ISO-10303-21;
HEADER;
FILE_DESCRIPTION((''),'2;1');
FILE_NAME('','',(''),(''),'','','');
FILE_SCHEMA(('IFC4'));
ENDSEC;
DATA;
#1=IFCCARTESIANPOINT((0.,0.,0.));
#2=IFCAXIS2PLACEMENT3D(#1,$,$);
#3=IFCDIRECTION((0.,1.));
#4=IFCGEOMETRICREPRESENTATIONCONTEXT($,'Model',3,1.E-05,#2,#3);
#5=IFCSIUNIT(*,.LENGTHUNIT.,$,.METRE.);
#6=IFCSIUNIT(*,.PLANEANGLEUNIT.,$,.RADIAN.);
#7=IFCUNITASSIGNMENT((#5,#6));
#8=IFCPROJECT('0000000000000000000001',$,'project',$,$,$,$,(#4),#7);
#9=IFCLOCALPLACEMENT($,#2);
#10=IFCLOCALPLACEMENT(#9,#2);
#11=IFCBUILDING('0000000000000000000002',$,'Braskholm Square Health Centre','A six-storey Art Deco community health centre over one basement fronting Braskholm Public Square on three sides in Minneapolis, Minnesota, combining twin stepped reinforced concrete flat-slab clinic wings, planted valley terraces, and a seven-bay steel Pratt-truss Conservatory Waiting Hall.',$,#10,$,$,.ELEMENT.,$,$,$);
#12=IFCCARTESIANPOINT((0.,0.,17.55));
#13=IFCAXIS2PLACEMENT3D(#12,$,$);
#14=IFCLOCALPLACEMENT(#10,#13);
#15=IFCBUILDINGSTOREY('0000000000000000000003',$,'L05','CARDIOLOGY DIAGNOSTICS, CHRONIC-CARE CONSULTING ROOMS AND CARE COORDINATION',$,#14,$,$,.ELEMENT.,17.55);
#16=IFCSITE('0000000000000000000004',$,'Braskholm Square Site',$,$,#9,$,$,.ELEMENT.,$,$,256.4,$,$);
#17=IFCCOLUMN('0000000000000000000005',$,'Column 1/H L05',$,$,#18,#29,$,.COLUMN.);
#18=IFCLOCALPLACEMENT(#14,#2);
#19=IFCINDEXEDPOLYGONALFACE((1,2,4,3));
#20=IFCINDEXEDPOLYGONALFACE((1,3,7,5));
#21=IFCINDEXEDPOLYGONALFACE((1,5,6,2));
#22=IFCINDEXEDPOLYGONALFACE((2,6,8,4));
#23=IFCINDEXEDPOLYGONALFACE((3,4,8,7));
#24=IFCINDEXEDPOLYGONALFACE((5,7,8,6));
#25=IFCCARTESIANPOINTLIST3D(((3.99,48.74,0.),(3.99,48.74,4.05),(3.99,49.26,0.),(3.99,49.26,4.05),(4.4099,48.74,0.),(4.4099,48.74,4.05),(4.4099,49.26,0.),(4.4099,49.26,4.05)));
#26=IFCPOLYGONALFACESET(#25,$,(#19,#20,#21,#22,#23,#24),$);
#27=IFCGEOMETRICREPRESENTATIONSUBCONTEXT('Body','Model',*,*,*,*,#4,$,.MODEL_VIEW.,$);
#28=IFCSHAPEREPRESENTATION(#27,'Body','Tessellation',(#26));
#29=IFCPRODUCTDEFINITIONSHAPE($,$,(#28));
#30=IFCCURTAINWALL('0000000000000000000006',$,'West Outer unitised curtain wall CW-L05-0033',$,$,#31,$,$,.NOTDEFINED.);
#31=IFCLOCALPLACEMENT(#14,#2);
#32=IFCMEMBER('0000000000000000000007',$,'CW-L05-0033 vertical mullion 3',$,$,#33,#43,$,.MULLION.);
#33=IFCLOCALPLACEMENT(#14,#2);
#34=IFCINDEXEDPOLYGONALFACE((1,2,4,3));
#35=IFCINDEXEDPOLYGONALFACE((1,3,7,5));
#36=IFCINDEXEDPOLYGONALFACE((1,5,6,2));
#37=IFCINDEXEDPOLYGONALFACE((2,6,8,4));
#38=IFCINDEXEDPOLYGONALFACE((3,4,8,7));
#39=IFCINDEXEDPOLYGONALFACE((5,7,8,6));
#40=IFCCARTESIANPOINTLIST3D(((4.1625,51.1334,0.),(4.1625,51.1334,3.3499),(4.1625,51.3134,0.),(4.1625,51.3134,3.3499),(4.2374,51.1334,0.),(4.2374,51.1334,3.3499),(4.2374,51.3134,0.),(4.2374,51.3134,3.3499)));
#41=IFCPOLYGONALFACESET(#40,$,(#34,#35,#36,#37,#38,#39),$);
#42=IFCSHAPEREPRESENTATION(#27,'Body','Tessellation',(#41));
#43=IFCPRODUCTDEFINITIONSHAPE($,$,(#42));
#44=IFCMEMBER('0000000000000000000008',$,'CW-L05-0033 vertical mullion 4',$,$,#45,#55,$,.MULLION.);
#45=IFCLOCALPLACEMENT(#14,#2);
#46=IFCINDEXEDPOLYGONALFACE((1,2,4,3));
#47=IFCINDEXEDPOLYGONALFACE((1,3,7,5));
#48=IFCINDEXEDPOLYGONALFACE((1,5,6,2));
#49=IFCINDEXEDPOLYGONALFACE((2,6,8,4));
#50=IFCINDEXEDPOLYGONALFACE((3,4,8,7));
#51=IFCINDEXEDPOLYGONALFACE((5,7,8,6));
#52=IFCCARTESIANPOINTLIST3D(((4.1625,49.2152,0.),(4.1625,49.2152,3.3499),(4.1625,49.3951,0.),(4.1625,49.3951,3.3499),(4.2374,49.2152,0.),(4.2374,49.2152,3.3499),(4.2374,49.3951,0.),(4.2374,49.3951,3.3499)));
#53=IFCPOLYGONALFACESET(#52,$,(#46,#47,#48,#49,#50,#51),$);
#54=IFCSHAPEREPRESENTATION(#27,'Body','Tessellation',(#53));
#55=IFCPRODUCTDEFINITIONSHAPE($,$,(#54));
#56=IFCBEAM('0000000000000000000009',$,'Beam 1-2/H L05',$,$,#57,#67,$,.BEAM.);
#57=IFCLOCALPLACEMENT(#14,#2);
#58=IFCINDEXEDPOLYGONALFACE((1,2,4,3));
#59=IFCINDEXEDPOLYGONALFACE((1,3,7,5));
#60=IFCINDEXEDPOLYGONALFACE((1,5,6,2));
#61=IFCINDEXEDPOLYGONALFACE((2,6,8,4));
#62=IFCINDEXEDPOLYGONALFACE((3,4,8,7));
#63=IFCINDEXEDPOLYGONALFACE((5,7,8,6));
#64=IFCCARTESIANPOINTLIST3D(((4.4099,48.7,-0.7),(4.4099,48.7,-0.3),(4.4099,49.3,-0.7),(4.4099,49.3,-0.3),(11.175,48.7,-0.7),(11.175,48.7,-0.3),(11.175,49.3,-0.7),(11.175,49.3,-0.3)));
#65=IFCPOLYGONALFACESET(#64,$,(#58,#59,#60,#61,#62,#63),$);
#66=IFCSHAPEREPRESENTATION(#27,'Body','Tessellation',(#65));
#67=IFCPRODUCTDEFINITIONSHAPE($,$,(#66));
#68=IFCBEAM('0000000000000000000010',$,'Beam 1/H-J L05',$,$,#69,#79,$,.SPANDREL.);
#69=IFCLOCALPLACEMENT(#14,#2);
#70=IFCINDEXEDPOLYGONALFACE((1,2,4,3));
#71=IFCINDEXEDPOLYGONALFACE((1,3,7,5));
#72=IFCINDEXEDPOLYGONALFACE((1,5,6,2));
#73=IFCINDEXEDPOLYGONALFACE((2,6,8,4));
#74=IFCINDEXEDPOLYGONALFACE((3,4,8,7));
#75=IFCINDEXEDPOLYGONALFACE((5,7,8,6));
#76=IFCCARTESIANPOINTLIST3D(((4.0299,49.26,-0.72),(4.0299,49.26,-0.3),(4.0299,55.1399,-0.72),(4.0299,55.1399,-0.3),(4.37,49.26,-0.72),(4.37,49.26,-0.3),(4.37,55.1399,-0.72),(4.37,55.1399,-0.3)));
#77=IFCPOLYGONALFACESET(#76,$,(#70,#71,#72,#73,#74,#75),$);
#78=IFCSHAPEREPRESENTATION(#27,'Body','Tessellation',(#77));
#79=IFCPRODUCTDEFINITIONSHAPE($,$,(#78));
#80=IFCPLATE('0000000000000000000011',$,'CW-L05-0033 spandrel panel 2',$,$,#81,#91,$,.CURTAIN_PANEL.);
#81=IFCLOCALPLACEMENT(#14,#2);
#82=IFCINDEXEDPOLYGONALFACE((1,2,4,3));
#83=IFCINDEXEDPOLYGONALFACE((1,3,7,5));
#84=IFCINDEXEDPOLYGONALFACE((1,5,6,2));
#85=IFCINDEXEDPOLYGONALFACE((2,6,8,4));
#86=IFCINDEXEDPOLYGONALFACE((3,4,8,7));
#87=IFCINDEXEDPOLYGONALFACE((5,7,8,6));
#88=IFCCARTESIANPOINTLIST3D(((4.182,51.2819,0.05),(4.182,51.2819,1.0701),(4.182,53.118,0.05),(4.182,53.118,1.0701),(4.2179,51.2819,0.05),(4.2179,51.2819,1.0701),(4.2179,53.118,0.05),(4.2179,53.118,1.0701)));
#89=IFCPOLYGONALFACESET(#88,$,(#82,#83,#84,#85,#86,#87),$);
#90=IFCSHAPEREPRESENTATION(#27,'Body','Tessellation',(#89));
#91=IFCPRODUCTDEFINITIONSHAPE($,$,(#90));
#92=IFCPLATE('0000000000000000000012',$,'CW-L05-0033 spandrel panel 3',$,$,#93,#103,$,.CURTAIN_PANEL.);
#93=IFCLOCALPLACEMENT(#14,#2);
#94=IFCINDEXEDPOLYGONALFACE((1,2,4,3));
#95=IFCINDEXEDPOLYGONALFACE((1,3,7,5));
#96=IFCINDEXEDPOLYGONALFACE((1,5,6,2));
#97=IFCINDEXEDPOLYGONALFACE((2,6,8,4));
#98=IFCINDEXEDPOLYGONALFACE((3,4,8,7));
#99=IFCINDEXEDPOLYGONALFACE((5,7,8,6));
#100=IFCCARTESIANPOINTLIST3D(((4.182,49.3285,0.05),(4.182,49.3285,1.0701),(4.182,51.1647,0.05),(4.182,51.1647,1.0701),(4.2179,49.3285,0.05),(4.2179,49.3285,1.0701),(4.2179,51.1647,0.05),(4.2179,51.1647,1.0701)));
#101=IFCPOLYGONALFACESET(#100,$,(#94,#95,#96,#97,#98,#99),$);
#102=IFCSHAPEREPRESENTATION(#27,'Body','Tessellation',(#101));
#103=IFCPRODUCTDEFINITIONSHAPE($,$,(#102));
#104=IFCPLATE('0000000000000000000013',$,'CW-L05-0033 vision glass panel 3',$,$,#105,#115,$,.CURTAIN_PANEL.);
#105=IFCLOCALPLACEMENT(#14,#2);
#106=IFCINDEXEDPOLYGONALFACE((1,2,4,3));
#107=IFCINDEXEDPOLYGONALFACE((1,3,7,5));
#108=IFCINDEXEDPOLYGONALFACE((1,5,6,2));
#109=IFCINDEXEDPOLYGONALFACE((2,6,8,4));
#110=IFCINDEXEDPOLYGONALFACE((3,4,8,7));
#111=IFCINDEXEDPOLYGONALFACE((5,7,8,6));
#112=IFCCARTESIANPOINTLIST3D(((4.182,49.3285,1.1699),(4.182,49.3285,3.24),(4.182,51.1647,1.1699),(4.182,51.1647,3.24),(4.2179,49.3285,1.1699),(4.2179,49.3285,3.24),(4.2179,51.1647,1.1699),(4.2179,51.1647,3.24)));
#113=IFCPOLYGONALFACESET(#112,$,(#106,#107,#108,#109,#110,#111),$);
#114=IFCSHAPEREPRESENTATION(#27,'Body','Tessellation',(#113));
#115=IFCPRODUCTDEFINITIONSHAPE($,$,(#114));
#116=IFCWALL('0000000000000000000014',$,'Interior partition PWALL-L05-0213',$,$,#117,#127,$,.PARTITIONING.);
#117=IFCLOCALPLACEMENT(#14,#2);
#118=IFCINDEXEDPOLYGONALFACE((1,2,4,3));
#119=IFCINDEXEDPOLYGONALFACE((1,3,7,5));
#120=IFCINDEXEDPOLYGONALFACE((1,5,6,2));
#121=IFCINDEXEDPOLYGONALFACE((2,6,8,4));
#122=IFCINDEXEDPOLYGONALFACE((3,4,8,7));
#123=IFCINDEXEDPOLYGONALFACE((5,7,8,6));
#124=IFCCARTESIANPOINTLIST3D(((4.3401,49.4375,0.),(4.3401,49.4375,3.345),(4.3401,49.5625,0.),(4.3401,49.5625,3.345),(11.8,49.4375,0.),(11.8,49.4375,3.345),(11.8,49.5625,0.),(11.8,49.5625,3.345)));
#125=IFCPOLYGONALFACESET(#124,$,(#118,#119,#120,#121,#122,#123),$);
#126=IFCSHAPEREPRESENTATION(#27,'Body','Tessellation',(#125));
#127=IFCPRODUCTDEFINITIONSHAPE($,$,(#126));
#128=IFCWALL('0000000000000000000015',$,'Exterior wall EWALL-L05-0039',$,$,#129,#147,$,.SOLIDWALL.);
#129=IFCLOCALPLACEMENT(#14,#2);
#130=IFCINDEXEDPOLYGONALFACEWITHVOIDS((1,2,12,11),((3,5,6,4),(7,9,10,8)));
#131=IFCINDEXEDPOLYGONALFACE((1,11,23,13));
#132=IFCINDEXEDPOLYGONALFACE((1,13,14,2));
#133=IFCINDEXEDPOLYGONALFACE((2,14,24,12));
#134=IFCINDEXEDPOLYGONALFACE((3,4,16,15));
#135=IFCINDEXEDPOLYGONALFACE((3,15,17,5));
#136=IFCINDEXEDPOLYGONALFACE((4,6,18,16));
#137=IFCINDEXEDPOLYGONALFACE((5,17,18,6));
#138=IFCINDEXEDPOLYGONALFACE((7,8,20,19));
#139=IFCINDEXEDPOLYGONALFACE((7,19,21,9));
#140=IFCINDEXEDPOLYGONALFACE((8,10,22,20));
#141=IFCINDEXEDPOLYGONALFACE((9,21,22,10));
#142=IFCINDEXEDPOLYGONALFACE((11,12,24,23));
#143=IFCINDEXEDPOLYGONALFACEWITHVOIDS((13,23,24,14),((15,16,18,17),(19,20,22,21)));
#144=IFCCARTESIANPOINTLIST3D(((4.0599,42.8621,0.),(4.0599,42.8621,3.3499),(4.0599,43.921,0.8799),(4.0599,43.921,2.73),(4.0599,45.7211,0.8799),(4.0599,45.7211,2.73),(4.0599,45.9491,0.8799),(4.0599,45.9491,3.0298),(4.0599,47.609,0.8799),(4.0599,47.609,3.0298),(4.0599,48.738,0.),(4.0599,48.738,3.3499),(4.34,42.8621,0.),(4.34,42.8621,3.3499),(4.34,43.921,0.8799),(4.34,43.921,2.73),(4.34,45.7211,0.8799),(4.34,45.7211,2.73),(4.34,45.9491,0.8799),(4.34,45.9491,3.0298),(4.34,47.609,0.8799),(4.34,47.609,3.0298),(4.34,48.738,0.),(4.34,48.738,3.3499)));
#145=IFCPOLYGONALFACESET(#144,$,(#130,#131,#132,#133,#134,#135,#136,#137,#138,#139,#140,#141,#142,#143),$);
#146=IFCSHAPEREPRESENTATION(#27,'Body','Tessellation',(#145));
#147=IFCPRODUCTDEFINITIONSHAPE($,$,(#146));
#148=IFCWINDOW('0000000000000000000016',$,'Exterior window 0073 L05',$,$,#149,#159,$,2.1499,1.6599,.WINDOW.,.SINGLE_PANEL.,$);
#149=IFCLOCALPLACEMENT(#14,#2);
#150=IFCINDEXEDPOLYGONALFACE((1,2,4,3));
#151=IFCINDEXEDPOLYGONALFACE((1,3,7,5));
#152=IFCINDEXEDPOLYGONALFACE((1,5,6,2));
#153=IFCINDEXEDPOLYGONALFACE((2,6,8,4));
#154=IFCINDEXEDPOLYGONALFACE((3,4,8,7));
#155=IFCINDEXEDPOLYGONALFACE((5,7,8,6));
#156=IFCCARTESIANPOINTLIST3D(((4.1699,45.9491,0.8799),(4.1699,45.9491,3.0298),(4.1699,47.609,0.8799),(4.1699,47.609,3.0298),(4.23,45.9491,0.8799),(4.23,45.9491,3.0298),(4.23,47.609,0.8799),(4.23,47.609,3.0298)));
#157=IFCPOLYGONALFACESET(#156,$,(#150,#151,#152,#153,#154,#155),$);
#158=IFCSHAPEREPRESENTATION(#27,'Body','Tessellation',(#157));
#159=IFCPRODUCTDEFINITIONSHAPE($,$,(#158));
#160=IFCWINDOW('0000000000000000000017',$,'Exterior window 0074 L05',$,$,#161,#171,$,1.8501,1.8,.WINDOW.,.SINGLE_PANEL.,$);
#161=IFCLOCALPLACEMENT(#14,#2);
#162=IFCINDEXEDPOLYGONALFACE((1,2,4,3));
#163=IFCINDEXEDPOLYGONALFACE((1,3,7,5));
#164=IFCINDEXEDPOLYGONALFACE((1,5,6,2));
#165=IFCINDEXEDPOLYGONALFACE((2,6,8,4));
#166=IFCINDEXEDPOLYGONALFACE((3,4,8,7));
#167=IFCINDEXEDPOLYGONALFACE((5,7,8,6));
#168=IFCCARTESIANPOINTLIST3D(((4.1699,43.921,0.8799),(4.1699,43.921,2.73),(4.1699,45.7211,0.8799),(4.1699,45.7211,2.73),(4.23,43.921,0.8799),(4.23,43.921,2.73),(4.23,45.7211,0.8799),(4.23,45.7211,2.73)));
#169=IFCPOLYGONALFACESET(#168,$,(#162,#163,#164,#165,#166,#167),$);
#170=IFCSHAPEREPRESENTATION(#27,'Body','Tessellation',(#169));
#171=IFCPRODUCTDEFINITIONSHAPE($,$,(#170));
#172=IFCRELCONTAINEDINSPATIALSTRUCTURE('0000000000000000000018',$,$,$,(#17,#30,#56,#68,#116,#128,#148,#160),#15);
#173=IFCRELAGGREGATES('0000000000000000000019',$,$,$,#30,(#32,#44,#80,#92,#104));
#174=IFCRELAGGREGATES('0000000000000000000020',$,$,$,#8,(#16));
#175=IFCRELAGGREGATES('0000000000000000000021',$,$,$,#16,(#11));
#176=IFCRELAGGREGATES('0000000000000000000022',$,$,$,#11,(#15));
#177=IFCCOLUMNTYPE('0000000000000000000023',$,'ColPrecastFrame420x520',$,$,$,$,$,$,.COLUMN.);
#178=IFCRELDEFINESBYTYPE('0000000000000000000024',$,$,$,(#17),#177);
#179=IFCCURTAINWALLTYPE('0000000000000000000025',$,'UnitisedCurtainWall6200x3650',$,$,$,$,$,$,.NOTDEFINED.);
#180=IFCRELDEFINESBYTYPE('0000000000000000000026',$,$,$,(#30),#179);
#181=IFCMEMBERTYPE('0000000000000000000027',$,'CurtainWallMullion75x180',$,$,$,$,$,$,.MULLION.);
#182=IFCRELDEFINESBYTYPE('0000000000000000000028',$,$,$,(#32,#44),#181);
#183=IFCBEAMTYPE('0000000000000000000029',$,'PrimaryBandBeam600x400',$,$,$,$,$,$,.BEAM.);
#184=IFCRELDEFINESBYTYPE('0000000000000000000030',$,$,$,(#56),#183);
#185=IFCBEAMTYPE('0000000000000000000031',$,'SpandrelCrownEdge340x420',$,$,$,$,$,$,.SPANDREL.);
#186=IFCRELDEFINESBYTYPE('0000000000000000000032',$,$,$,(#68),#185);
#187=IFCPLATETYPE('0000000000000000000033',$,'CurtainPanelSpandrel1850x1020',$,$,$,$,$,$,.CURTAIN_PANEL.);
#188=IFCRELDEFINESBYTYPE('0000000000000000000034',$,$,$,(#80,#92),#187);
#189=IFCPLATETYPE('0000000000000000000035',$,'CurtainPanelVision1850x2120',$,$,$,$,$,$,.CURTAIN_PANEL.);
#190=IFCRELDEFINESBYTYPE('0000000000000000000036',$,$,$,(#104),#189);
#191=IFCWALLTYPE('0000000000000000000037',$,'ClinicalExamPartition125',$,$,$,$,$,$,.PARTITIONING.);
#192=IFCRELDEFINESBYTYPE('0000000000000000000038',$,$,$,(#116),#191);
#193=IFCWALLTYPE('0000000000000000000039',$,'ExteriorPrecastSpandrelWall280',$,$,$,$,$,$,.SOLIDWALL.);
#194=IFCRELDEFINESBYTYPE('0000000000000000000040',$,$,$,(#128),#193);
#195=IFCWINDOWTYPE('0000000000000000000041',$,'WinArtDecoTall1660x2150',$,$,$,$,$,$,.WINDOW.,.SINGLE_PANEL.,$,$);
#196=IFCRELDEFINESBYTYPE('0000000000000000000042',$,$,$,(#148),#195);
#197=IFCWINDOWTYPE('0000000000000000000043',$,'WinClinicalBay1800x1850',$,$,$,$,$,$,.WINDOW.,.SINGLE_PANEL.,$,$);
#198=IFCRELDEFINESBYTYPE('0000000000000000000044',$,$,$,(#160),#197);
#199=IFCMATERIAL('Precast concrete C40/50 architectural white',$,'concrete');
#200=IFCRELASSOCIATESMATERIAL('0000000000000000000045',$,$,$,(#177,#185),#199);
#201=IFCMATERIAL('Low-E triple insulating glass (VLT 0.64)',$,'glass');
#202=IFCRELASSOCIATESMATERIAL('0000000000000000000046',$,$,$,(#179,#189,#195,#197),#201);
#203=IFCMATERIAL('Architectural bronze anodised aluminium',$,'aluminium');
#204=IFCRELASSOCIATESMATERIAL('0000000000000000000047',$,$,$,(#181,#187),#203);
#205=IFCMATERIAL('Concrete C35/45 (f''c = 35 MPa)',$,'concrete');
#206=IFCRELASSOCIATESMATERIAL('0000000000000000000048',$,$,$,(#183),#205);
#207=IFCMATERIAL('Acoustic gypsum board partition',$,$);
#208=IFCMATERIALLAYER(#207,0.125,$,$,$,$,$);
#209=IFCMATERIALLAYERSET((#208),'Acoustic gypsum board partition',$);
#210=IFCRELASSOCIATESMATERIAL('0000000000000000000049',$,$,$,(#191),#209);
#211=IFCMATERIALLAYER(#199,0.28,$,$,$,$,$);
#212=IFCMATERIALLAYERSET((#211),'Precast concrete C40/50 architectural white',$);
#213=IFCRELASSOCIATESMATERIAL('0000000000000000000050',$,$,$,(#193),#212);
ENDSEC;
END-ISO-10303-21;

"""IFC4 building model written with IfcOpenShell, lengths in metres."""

from ifc_helpers import new_model, si_unit, direction, frame, frame_2d, origin, origin_with_axes, origin_2d, place, context, subcontext, project, spatial, rectangle, extrude, material, layer, layer_set, material_profile, profile_set, type_object, element, fill, aggregate, save


model = new_model("IFC4")

# Units and contexts
model_context = context("Model", 3, precision=1e-05, world=origin(), true_north=direction((0.0, 1.0)))
body_context = subcontext(model_context, "Body", "Model", "MODEL_VIEW")
ifc_project = project(units=[si_unit("LENGTHUNIT", "METRE"), si_unit("PLANEANGLEUNIT", "RADIAN")], contexts=[model_context])

# Site, building, storey
site_placement = place(None, origin())
site = spatial("IfcSite", under=ifc_project, at=site_placement, Name="Braskholm Square Site", CompositionType="ELEMENT", RefElevation=256.4)
building_placement = place(site_placement, origin())
building = spatial("IfcBuilding", under=site, at=building_placement, Name="Braskholm Square Health Centre", Description="A six-storey Art Deco community health centre over one basement fronting Braskholm Public Square on three sides in Minneapolis, Minnesota, combining twin stepped reinforced concrete flat-slab clinic wings, planted valley terraces, and a seven-bay steel Pratt-truss Conservatory Waiting Hall.", CompositionType="ELEMENT")
storey_placement = place(building_placement, frame((0.0, 0.0, 17.55)))
storey = spatial("IfcBuildingStorey", under=building, at=storey_placement, Name="L05", Description="CARDIOLOGY DIAGNOSTICS, CHRONIC-CARE CONSULTING ROOMS AND CARE COORDINATION", CompositionType="ELEMENT", Elevation=17.55)

# Column
ifc_material_1 = material(Name="Precast concrete C40/50 architectural white", Category="concrete")
ifc_material_profile_1 = material_profile(ifc_material_1, rectangle(XDim=0.4199, YDim=0.52, at=origin_2d()), Name="RC-420X520")
ifc_profile_set_1 = profile_set([ifc_material_profile_1], Name="Precast concrete C40/50 architectural white")
column_type = type_object("IfcColumnType", Name="ColPrecastFrame420x520", PredefinedType="COLUMN", material=ifc_profile_set_1)
column_placement = place(storey_placement, frame((4.2, 49.0, 0.0), z_axis=(0.0, 0.0, 1.0), x_axis=(1.0, 0.0, 0.0)))
element("IfcColumn", 1, at=column_placement, inside=storey, type_object=column_type, Name="Column 1/H L05", PredefinedType="COLUMN", context=body_context, shape_type="SweptSolid", body=[
    extrude(rectangle(XDim=0.4199, YDim=0.52, at=origin_2d()), origin(), (0.0, 0.0, 1.0), 4.05),
])

# Curtain wall, members
ifc_material_2 = material(Name="Low-E triple insulating glass (VLT 0.64)", Category="glass")
curtain_wall_type = type_object("IfcCurtainWallType", Name="UnitisedCurtainWall6200x3650", PredefinedType="NOTDEFINED", material=ifc_material_2)
curtain_wall_placement = place(storey_placement, origin())
curtain_wall = element("IfcCurtainWall", 2, at=curtain_wall_placement, inside=storey, type_object=curtain_wall_type, Name="West Outer unitised curtain wall CW-L05-0033", PredefinedType="NOTDEFINED")
ifc_material_3 = material(Name="Architectural bronze anodised aluminium", Category="aluminium")
ifc_material_profile_2 = material_profile(ifc_material_3, rectangle(XDim=0.075, YDim=0.1799, at=origin_2d()), Name="ALU-75X180")
ifc_profile_set_2 = profile_set([ifc_material_profile_2], Name="Architectural bronze anodised aluminium")
member_type = type_object("IfcMemberType", Name="CurtainWallMullion75x180", PredefinedType="MULLION", material=ifc_profile_set_2)
member_1_placement = place(storey_placement, frame((4.2, 51.2234, 0.0), z_axis=(0.0, 0.0, 1.0), x_axis=(1.0, 0.0, 0.0)))
member_1 = element("IfcMember", 3, at=member_1_placement, type_object=member_type, Name="CW-L05-0033 vertical mullion 3", PredefinedType="MULLION", context=body_context, shape_type="SweptSolid", body=[
    extrude(rectangle(XDim=0.075, YDim=0.1799, at=origin_2d()), origin(), (0.0, 0.0, 1.0), 3.3499),
])
member_2_placement = place(storey_placement, frame((4.2, 49.3052, 0.0), z_axis=(0.0, 0.0, 1.0), x_axis=(1.0, 0.0, 0.0)))
member_2 = element("IfcMember", 4, at=member_2_placement, type_object=member_type, Name="CW-L05-0033 vertical mullion 4", PredefinedType="MULLION", context=body_context, shape_type="SweptSolid", body=[
    extrude(rectangle(XDim=0.075, YDim=0.1799, at=origin_2d()), origin(), (0.0, 0.0, 1.0), 3.3499),
])

# Beams
ifc_material_4 = material(Name="Concrete C35/45 (f'c = 35 MPa)", Category="concrete")
ifc_material_profile_3 = material_profile(ifc_material_4, rectangle(XDim=0.6001, YDim=0.3999, at=origin_2d()), Name="RCB-600X400")
ifc_profile_set_3 = profile_set([ifc_material_profile_3], Name="Concrete C35/45 (f'c = 35 MPa)")
beam_type_1 = type_object("IfcBeamType", Name="PrimaryBandBeam600x400", PredefinedType="BEAM", material=ifc_profile_set_3)
beam_1_placement = place(storey_placement, frame((4.4099, 49.0, -0.5), z_axis=(1.0, 0.0, 0.0), x_axis=(0.0, 1.0, 0.0)))
element("IfcBeam", 5, at=beam_1_placement, inside=storey, type_object=beam_type_1, Name="Beam 1-2/H L05", PredefinedType="BEAM", context=body_context, shape_type="SweptSolid", body=[
    extrude(rectangle(XDim=0.6001, YDim=0.3999, at=origin_2d()), origin(), (0.0, 0.0, 1.0), 6.7651),
])
ifc_material_profile_4 = material_profile(ifc_material_1, rectangle(XDim=0.3401, YDim=0.4199, at=origin_2d()), Name="RCB-340X420")
ifc_profile_set_4 = profile_set([ifc_material_profile_4], Name="Precast concrete C40/50 architectural white")
beam_type_2 = type_object("IfcBeamType", Name="SpandrelCrownEdge340x420", PredefinedType="SPANDREL", material=ifc_profile_set_4)
beam_2_placement = place(storey_placement, frame((4.2, 49.26, -0.51), z_axis=(0.0, 1.0, 0.0), x_axis=(-1.0, 0.0, 0.0)))
element("IfcBeam", 6, at=beam_2_placement, inside=storey, type_object=beam_type_2, Name="Beam 1/H-J L05", PredefinedType="SPANDREL", context=body_context, shape_type="SweptSolid", body=[
    extrude(rectangle(XDim=0.3401, YDim=0.4199, at=origin_2d()), origin(), (0.0, 0.0, 1.0), 5.8799),
])

# Plates
plate_type_1 = type_object("IfcPlateType", Name="CurtainPanelSpandrel1850x1020", PredefinedType="CURTAIN_PANEL", material=ifc_material_3)
plate_1_placement = place(storey_placement, frame((4.2, 52.2, 0.05), z_axis=(0.0, 0.0, 1.0), x_axis=(0.0, -1.0, 0.0)))
plate_1 = element("IfcPlate", 7, at=plate_1_placement, type_object=plate_type_1, Name="CW-L05-0033 spandrel panel 2", PredefinedType="CURTAIN_PANEL", context=body_context, shape_type="SweptSolid", body=[
    extrude(rectangle(XDim=1.8362, YDim=0.0359, at=origin_2d()), origin(), (0.0, 0.0, 1.0), 1.02),
])
plate_2_placement = place(storey_placement, frame((4.2, 50.2466, 0.05), z_axis=(0.0, 0.0, 1.0), x_axis=(0.0, -1.0, 0.0)))
plate_2 = element("IfcPlate", 8, at=plate_2_placement, type_object=plate_type_1, Name="CW-L05-0033 spandrel panel 3", PredefinedType="CURTAIN_PANEL", context=body_context, shape_type="SweptSolid", body=[
    extrude(rectangle(XDim=1.8362, YDim=0.0359, at=origin_2d()), origin(), (0.0, 0.0, 1.0), 1.02),
])
plate_type_2 = type_object("IfcPlateType", Name="CurtainPanelVision1850x2120", PredefinedType="CURTAIN_PANEL", material=ifc_material_2)
plate_3_placement = place(storey_placement, frame((4.2, 50.2466, 1.1699), z_axis=(0.0, 0.0, 1.0), x_axis=(0.0, -1.0, 0.0)))
plate_3 = element("IfcPlate", 9, at=plate_3_placement, type_object=plate_type_2, Name="CW-L05-0033 vision glass panel 3", PredefinedType="CURTAIN_PANEL", context=body_context, shape_type="SweptSolid", body=[
    extrude(rectangle(XDim=1.8362, YDim=0.0359, at=origin_2d()), origin(), (0.0, 0.0, 1.0), 2.0701),
])
aggregate(curtain_wall, [member_1, member_2, plate_1, plate_2, plate_3])

# Wall
ifc_material_5 = material(Name="Acoustic gypsum board partition")
ifc_layer_1 = layer(ifc_material_5, 0.125)
ifc_layer_set_1 = layer_set([ifc_layer_1], Name="Acoustic gypsum board partition")
wall_type_1 = type_object("IfcWallType", Name="ClinicalExamPartition125", PredefinedType="PARTITIONING", material=ifc_layer_set_1)
wall_1_placement = place(storey_placement, frame((4.3401, 49.5, 0.0), z_axis=(0.0, 0.0, 1.0), x_axis=(1.0, 0.0, 0.0)))
element("IfcWall", 10, at=wall_1_placement, inside=storey, type_object=wall_type_1, Name="Interior partition PWALL-L05-0213", PredefinedType="PARTITIONING", context=body_context, shape_type="SweptSolid", body=[
    extrude(rectangle(XDim=7.46, YDim=0.125, at=frame_2d((3.73, 0.0))), origin(), (0.0, 0.0, 1.0), 3.345),
])

# Wall, openings, windows
ifc_layer_2 = layer(ifc_material_1, 0.28)
ifc_layer_set_2 = layer_set([ifc_layer_2], Name="Precast concrete C40/50 architectural white")
wall_type_2 = type_object("IfcWallType", Name="ExteriorPrecastSpandrelWall280", PredefinedType="SOLIDWALL", material=ifc_layer_set_2)
wall_2_placement = place(storey_placement, frame((4.2, 48.738, 0.0), z_axis=(0.0, 0.0, 1.0), x_axis=(0.0, -1.0, 0.0)))
wall_2 = element("IfcWall", 11, at=wall_2_placement, inside=storey, type_object=wall_type_2, Name="Exterior wall EWALL-L05-0039", PredefinedType="SOLIDWALL", context=body_context, shape_type="SweptSolid", body=[
    extrude(rectangle(XDim=5.876, YDim=0.28, at=frame_2d((2.938, 0.0))), origin(), (0.0, 0.0, 1.0), 3.3499),
])
opening_1_placement = place(wall_2_placement, frame((1.1289, 0.0, 0.8799)))
opening_1 = element("IfcOpeningElement", 12, at=opening_1_placement, cuts=wall_2, PredefinedType="OPENING", context=body_context, shape_type="SweptSolid", body=[
    extrude(rectangle(XDim=1.6599, YDim=2.1499, at=frame_2d((0.8301, 1.075))), frame((0.0, 0.1499, 0.0), z_axis=(0.0, -1.0, 0.0), x_axis=(1.0, 0.0, 0.0)), (0.0, 0.0, 1.0), 0.3),
])
opening_2_placement = place(wall_2_placement, frame((3.0171, 0.0, 0.8799)))
opening_2 = element("IfcOpeningElement", 13, at=opening_2_placement, cuts=wall_2, PredefinedType="OPENING", context=body_context, shape_type="SweptSolid", body=[
    extrude(rectangle(XDim=1.8, YDim=1.8501, at=frame_2d((0.8999, 0.925))), frame((0.0, 0.1499, 0.0), z_axis=(0.0, -1.0, 0.0), x_axis=(1.0, 0.0, 0.0)), (0.0, 0.0, 1.0), 0.3),
])
window_type_1 = type_object("IfcWindowType", Name="WinArtDecoTall1660x2150", PartitioningType="SINGLE_PANEL", PredefinedType="WINDOW", material=ifc_material_2)
window_1_placement = place(opening_1_placement, origin_with_axes())
window_1 = element("IfcWindow", 14, at=window_1_placement, inside=storey, type_object=window_type_1, Name="Exterior window 0073 L05", OverallHeight=2.1499, OverallWidth=1.6599, PartitioningType="SINGLE_PANEL", PredefinedType="WINDOW", context=body_context, shape_type="SweptSolid", body=[
    extrude(rectangle(XDim=1.6599, YDim=2.1499, at=frame_2d((0.8301, 1.075))), frame((0.0, 0.03, 0.0), z_axis=(0.0, -1.0, 0.0), x_axis=(1.0, 0.0, 0.0)), (0.0, 0.0, 1.0), 0.0601),
])
fill(opening_1, window_1)
window_type_2 = type_object("IfcWindowType", Name="WinClinicalBay1800x1850", PartitioningType="SINGLE_PANEL", PredefinedType="WINDOW", material=ifc_material_2)
window_2_placement = place(opening_2_placement, origin_with_axes())
window_2 = element("IfcWindow", 15, at=window_2_placement, inside=storey, type_object=window_type_2, Name="Exterior window 0074 L05", OverallHeight=1.8501, OverallWidth=1.8, PartitioningType="SINGLE_PANEL", PredefinedType="WINDOW", context=body_context, shape_type="SweptSolid", body=[
    extrude(rectangle(XDim=1.8, YDim=1.8501, at=frame_2d((0.8999, 0.925))), frame((0.0, 0.03, 0.0), z_axis=(0.0, -1.0, 0.0), x_axis=(1.0, 0.0, 0.0)), (0.0, 0.0, 1.0), 0.0601),
])
fill(opening_2, window_2)

save(model, "model.ifc")
